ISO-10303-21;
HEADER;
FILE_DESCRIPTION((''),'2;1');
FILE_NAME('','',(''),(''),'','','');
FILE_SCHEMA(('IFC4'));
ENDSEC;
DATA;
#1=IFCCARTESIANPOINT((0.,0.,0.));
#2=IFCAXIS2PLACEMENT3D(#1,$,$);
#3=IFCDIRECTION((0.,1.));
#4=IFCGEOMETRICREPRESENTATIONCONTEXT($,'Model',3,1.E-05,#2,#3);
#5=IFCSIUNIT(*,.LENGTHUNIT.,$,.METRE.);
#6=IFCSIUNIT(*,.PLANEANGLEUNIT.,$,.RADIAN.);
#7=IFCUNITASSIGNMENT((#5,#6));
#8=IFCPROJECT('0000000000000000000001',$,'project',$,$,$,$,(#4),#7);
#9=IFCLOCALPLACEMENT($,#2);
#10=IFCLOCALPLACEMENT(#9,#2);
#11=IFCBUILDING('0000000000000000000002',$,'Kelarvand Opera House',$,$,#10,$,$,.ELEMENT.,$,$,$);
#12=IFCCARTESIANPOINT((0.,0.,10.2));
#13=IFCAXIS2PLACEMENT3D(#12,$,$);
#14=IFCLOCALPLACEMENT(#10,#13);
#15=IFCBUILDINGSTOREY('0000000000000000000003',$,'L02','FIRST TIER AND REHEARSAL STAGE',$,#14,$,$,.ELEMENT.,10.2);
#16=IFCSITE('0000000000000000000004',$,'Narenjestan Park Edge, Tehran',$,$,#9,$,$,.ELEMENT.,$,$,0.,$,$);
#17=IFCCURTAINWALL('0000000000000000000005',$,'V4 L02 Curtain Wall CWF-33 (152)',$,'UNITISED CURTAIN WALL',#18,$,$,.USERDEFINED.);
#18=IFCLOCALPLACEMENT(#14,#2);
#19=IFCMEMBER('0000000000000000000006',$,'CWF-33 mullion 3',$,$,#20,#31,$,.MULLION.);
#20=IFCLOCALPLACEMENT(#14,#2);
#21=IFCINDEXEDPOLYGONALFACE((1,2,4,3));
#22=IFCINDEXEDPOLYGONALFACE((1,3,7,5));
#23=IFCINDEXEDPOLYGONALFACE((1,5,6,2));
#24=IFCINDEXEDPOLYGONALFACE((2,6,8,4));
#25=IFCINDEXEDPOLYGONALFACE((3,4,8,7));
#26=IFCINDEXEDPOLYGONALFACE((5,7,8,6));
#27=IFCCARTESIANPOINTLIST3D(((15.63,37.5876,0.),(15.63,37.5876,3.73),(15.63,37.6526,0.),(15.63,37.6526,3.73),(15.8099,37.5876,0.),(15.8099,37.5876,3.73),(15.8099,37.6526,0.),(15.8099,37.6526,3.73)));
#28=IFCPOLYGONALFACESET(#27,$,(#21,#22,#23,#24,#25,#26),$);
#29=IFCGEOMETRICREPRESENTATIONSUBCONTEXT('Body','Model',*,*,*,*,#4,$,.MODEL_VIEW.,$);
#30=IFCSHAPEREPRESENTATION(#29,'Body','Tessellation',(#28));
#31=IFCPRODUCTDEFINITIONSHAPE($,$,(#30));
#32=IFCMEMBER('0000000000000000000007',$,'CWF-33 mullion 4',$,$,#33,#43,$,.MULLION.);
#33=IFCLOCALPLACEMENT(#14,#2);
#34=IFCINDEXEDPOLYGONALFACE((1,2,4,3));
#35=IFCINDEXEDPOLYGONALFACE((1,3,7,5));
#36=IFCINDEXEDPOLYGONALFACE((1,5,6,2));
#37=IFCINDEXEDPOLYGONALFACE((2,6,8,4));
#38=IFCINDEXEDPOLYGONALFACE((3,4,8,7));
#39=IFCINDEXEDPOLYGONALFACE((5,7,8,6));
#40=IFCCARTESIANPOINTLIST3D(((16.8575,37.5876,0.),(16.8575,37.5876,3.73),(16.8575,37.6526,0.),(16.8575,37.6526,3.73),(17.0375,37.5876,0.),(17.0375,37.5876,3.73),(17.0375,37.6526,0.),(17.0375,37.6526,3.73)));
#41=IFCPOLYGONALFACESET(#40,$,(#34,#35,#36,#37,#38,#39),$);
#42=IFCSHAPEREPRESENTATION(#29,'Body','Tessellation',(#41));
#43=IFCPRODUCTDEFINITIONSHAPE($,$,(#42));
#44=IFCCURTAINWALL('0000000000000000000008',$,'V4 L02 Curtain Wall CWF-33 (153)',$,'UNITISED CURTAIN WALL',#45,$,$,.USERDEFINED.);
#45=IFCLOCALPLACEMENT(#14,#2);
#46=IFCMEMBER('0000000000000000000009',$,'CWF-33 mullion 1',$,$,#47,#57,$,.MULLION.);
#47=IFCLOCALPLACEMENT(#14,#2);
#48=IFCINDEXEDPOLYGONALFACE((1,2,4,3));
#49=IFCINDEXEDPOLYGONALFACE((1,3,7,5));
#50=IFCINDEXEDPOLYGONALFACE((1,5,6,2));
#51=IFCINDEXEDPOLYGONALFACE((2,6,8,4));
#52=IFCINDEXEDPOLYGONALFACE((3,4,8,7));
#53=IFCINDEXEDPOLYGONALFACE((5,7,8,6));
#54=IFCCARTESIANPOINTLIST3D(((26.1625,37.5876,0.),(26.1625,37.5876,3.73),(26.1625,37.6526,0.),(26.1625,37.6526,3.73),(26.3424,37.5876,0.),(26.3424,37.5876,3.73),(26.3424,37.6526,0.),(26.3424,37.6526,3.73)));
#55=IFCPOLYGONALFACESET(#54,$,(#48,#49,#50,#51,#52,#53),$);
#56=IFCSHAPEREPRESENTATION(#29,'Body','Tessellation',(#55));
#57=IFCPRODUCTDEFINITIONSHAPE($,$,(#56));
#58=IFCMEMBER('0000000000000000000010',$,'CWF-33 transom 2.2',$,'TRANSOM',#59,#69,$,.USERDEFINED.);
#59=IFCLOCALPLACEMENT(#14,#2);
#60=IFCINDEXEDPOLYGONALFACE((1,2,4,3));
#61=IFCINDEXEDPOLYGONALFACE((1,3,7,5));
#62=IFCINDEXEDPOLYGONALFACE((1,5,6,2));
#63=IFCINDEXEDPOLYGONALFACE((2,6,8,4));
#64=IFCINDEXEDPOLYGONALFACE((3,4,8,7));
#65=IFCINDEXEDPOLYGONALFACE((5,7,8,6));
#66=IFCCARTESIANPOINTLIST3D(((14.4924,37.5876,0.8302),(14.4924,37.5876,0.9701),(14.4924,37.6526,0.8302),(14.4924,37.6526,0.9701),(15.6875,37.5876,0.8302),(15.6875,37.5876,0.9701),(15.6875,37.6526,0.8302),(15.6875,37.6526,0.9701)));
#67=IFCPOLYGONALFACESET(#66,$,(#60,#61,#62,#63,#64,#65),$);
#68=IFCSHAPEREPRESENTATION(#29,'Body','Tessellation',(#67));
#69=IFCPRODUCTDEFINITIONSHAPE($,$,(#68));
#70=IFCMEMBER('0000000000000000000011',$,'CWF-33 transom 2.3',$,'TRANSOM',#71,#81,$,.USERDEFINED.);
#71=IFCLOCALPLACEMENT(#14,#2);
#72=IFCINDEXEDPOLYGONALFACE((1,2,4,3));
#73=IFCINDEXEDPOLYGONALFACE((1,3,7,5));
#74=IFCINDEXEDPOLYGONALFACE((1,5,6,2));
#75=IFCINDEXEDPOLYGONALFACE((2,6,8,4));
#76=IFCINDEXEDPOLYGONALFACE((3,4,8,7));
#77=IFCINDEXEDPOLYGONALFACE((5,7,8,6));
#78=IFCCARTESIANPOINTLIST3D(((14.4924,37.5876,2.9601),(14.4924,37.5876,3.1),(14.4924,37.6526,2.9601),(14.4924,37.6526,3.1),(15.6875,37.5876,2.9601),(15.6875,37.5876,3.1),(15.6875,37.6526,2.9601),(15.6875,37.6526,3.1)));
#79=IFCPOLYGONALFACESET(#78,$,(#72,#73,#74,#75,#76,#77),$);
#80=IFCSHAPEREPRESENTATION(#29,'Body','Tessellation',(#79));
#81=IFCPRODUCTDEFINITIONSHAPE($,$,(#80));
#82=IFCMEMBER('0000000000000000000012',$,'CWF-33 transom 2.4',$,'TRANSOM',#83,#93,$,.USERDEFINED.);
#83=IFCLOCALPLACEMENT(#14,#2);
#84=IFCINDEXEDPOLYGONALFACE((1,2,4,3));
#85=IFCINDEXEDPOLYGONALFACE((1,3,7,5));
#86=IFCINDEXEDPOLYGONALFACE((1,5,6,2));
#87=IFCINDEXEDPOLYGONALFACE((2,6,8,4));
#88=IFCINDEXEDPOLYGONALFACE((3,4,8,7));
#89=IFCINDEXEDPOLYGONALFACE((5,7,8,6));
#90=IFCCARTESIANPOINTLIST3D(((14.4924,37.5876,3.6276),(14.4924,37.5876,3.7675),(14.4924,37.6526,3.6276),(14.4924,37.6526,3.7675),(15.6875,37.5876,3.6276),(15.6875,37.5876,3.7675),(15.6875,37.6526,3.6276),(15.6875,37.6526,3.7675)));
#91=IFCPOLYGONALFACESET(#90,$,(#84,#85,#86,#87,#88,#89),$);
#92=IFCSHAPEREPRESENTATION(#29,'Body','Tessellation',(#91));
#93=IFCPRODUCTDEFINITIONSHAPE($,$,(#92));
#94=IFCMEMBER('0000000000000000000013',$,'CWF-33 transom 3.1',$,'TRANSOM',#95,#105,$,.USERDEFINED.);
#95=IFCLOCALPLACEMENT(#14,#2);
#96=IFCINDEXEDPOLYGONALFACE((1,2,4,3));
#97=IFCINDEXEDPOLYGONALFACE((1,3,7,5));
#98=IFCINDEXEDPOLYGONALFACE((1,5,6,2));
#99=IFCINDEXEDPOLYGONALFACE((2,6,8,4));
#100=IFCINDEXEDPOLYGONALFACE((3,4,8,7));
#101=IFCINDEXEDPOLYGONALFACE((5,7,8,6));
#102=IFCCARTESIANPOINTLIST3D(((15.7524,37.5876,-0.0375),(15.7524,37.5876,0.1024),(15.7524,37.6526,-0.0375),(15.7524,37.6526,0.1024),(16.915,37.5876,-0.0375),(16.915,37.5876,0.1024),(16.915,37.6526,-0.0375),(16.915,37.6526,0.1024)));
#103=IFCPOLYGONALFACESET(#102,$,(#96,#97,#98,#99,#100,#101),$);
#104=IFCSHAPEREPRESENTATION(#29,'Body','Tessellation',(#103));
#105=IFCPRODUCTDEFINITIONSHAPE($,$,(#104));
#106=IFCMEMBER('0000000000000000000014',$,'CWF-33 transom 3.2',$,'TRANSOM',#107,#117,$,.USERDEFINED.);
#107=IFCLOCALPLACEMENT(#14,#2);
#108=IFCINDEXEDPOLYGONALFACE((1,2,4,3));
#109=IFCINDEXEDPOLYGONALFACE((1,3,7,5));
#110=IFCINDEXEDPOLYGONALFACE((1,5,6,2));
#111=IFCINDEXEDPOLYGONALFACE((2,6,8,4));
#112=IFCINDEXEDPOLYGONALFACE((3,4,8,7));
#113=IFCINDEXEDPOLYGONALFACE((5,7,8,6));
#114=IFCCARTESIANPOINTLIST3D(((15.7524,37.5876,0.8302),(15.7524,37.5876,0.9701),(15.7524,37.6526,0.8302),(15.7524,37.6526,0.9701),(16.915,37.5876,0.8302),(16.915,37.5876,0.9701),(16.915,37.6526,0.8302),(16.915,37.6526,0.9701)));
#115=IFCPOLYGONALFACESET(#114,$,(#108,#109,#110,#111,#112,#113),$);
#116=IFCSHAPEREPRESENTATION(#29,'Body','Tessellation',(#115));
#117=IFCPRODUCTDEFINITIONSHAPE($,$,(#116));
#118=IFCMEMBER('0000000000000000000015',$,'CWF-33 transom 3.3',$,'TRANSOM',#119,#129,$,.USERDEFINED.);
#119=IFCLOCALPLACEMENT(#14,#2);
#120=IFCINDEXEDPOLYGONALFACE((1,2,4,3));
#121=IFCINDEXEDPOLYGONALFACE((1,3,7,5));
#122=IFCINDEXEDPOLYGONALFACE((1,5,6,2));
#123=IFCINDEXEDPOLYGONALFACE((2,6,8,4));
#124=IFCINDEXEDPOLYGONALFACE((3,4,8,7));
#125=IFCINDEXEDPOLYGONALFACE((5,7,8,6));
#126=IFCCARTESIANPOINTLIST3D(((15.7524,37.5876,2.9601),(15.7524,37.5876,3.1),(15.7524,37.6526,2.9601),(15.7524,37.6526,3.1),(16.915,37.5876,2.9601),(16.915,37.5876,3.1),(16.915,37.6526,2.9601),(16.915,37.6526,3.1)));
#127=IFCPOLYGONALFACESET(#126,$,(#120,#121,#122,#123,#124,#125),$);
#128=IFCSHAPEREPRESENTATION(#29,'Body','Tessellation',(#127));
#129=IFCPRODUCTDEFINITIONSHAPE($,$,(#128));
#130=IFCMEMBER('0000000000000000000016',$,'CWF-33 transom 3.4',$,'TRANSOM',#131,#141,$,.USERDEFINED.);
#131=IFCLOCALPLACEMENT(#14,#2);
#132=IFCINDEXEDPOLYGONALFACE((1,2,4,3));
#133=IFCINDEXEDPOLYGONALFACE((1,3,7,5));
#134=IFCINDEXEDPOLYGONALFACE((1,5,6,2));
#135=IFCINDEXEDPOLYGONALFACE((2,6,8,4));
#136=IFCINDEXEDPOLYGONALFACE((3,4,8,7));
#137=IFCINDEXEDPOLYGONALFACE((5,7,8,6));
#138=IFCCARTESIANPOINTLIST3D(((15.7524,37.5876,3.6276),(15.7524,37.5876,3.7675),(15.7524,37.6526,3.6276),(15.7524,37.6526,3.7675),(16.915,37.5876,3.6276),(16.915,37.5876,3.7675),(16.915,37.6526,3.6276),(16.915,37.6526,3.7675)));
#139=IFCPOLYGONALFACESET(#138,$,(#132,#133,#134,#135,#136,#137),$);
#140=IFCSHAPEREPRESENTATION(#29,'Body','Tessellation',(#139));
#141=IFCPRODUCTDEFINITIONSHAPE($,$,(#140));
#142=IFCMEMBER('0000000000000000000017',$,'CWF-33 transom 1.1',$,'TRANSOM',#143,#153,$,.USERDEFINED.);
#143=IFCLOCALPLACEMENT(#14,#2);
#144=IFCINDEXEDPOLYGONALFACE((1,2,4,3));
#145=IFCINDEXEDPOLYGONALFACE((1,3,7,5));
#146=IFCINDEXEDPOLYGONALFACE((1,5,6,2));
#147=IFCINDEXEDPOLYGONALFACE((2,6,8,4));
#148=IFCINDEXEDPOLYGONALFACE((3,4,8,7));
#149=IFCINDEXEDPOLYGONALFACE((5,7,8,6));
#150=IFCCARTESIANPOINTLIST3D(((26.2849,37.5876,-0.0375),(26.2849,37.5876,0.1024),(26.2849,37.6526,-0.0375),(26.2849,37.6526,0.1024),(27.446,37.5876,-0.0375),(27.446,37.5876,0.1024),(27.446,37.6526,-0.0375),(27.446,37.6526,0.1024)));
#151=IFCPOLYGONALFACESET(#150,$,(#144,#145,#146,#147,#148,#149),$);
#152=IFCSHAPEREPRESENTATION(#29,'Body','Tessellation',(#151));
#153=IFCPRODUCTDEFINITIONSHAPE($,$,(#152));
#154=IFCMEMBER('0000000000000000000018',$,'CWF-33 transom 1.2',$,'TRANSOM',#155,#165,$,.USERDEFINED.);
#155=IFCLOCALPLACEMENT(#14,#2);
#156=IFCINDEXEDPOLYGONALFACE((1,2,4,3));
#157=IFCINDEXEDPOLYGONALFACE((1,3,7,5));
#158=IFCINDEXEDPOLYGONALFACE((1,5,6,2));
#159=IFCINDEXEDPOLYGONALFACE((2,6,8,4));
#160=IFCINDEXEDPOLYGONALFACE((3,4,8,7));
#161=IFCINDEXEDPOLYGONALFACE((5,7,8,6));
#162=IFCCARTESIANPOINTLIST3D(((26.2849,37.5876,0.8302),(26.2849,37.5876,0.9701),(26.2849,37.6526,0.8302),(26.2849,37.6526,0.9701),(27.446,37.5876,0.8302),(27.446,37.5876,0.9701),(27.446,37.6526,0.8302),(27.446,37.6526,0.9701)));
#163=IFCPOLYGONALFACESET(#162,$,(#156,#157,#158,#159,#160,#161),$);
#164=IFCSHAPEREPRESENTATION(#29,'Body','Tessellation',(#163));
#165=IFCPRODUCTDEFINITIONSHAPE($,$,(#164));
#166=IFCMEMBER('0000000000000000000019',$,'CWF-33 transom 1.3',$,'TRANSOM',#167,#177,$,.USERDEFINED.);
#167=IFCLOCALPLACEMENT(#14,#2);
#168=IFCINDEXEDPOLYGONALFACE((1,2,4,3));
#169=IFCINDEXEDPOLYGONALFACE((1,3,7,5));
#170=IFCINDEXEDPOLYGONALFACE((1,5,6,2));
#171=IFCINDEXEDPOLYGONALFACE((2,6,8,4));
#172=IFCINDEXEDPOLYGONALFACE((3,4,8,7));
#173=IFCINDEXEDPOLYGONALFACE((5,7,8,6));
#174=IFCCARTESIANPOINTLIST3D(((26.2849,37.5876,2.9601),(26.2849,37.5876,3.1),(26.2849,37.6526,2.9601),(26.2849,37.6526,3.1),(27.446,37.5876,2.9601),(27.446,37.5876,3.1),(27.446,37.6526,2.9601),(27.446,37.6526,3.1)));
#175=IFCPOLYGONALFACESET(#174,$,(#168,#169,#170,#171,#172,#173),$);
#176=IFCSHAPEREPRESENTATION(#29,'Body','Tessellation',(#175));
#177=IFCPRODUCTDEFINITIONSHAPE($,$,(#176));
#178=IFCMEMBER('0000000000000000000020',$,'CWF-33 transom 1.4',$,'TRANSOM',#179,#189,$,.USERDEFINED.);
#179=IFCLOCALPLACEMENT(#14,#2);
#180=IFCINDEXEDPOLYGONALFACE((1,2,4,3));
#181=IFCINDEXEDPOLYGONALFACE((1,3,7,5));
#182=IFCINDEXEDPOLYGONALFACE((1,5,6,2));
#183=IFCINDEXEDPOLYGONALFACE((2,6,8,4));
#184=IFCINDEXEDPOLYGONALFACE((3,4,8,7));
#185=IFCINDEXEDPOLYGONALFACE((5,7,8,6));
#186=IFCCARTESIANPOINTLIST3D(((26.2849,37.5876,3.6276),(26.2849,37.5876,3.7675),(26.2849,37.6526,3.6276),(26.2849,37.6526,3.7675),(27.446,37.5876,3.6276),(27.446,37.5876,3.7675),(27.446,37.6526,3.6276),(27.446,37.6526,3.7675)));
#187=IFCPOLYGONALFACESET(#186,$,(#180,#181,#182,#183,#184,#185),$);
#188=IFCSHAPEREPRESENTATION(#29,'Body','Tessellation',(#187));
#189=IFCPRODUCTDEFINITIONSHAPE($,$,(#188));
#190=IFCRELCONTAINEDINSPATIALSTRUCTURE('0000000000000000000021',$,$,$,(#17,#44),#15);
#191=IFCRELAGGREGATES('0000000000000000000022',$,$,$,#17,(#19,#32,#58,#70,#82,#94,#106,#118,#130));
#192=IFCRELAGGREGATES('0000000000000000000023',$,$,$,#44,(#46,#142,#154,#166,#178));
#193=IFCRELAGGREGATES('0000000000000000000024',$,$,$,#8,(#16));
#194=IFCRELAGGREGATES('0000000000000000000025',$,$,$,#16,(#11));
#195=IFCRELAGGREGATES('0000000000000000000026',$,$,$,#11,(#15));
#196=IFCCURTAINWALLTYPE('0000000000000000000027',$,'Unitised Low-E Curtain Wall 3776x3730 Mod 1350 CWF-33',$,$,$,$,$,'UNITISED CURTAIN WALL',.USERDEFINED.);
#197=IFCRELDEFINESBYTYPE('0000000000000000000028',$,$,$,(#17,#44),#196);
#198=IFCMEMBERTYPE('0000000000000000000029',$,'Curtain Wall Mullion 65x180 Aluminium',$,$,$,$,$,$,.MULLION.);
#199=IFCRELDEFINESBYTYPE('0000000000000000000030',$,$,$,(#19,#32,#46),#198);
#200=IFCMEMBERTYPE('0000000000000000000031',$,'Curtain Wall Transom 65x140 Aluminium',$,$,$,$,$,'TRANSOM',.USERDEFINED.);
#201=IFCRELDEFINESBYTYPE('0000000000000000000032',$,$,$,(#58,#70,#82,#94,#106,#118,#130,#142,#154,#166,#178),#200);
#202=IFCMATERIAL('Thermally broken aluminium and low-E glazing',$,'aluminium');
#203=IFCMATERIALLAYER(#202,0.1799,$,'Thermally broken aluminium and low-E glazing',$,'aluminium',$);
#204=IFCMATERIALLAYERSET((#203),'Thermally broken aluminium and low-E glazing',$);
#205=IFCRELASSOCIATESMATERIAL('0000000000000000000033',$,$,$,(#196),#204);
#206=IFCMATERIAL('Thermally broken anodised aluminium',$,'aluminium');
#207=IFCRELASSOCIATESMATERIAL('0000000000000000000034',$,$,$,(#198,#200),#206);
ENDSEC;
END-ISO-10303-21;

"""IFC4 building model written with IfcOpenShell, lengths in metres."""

from ifc_helpers import new_model, si_unit, direction, frame, origin, origin_2d, place, context, subcontext, project, spatial, rectangle, extrude, material, layer, layer_set, material_profile, profile_set, type_object, element, aggregate, save


model = new_model("IFC4")

# Units and contexts
model_context = context("Model", 3, precision=1e-05, world=origin(), true_north=direction((0.0, 1.0)))
body_context = subcontext(model_context, "Body", "Model", "MODEL_VIEW")
ifc_project = project(units=[si_unit("LENGTHUNIT", "METRE"), si_unit("PLANEANGLEUNIT", "RADIAN")], contexts=[model_context])

# Site, building, storey
site_placement = place(None, origin())
site = spatial("IfcSite", under=ifc_project, at=site_placement, Name="Narenjestan Park Edge, Tehran", CompositionType="ELEMENT", RefElevation=0.0)
building_placement = place(site_placement, origin())
building = spatial("IfcBuilding", under=site, at=building_placement, Name="Kelarvand Opera House", CompositionType="ELEMENT")
storey_placement = place(building_placement, frame((0.0, 0.0, 10.2)))
storey = spatial("IfcBuildingStorey", under=building, at=storey_placement, Name="L02", Description="FIRST TIER AND REHEARSAL STAGE", CompositionType="ELEMENT", Elevation=10.2)

# Curtain wall, members
ifc_material_1 = material(Name="Thermally broken aluminium and low-E glazing", Category="aluminium")
ifc_layer_1 = layer(ifc_material_1, 0.1799, Name="Thermally broken aluminium and low-E glazing", Category="aluminium")
ifc_layer_set_1 = layer_set([ifc_layer_1], Name="Thermally broken aluminium and low-E glazing")
curtain_wall_type = type_object("IfcCurtainWallType", Name="Unitised Low-E Curtain Wall 3776x3730 Mod 1350 CWF-33", ElementType="UNITISED CURTAIN WALL", PredefinedType="USERDEFINED", material=ifc_layer_set_1)
curtain_wall_1_placement = place(storey_placement, origin())
curtain_wall_1 = element("IfcCurtainWall", 1, at=curtain_wall_1_placement, inside=storey, type_object=curtain_wall_type, Name="V4 L02 Curtain Wall CWF-33 (152)", ObjectType="UNITISED CURTAIN WALL", PredefinedType="USERDEFINED")
ifc_material_2 = material(Name="Thermally broken anodised aluminium", Category="aluminium")
ifc_material_profile_1 = material_profile(ifc_material_2, rectangle(XDim=0.0649, YDim=0.1799, at=origin_2d()), Name="ALU MULLION 65x180", Category="aluminium")
ifc_profile_set_1 = profile_set([ifc_material_profile_1], Name="Thermally broken anodised aluminium")
member_type_1 = type_object("IfcMemberType", Name="Curtain Wall Mullion 65x180 Aluminium", PredefinedType="MULLION", material=ifc_profile_set_1)
member_1_placement = place(storey_placement, frame((15.72, 37.6201, 0.0), z_axis=(0.0, 0.0, 1.0), x_axis=(0.0, 1.0, 0.0)))
member_1 = element("IfcMember", 2, at=member_1_placement, type_object=member_type_1, Name="CWF-33 mullion 3", PredefinedType="MULLION", context=body_context, shape_type="SweptSolid", body=[
    extrude(rectangle(XDim=0.0649, YDim=0.1799, at=origin_2d()), origin(), (0.0, 0.0, 1.0), 3.73),
])
member_2_placement = place(storey_placement, frame((16.9475, 37.6201, 0.0), z_axis=(0.0, 0.0, 1.0), x_axis=(0.0, 1.0, 0.0)))
member_2 = element("IfcMember", 3, at=member_2_placement, type_object=member_type_1, Name="CWF-33 mullion 4", PredefinedType="MULLION", context=body_context, shape_type="SweptSolid", body=[
    extrude(rectangle(XDim=0.0649, YDim=0.1799, at=origin_2d()), origin(), (0.0, 0.0, 1.0), 3.73),
])

# Curtain wall, member
curtain_wall_2_placement = place(storey_placement, origin())
curtain_wall_2 = element("IfcCurtainWall", 4, at=curtain_wall_2_placement, inside=storey, type_object=curtain_wall_type, Name="V4 L02 Curtain Wall CWF-33 (153)", ObjectType="UNITISED CURTAIN WALL", PredefinedType="USERDEFINED")
member_3_placement = place(storey_placement, frame((26.2524, 37.6201, 0.0), z_axis=(0.0, 0.0, 1.0), x_axis=(0.0, 1.0, 0.0)))
member_3 = element("IfcMember", 5, at=member_3_placement, type_object=member_type_1, Name="CWF-33 mullion 1", PredefinedType="MULLION", context=body_context, shape_type="SweptSolid", body=[
    extrude(rectangle(XDim=0.0649, YDim=0.1799, at=origin_2d()), origin(), (0.0, 0.0, 1.0), 3.73),
])

# Members
ifc_material_profile_2 = material_profile(ifc_material_2, rectangle(XDim=0.0649, YDim=0.1399, at=origin_2d()), Name="ALU TRANSOM 65x140", Category="aluminium")
ifc_profile_set_2 = profile_set([ifc_material_profile_2], Name="Thermally broken anodised aluminium")
member_type_2 = type_object("IfcMemberType", Name="Curtain Wall Transom 65x140 Aluminium", ElementType="TRANSOM", PredefinedType="USERDEFINED", material=ifc_profile_set_2)
member_4_placement = place(storey_placement, frame((14.4924, 37.6201, 0.9001), z_axis=(1.0, 0.0, 0.0), x_axis=(0.0, 1.0, 0.0)))
member_4 = element("IfcMember", 6, at=member_4_placement, type_object=member_type_2, Name="CWF-33 transom 2.2", ObjectType="TRANSOM", PredefinedType="USERDEFINED", context=body_context, shape_type="SweptSolid", body=[
    extrude(rectangle(XDim=0.0649, YDim=0.1399, at=origin_2d()), origin(), (0.0, 0.0, 1.0), 1.1951),
])
member_5_placement = place(storey_placement, frame((14.4924, 37.6201, 3.03), z_axis=(1.0, 0.0, 0.0), x_axis=(0.0, 1.0, 0.0)))
member_5 = element("IfcMember", 7, at=member_5_placement, type_object=member_type_2, Name="CWF-33 transom 2.3", ObjectType="TRANSOM", PredefinedType="USERDEFINED", context=body_context, shape_type="SweptSolid", body=[
    extrude(rectangle(XDim=0.0649, YDim=0.1399, at=origin_2d()), origin(), (0.0, 0.0, 1.0), 1.1951),
])
member_6_placement = place(storey_placement, frame((14.4924, 37.6201, 3.6975), z_axis=(1.0, 0.0, 0.0), x_axis=(0.0, 1.0, 0.0)))
member_6 = element("IfcMember", 8, at=member_6_placement, type_object=member_type_2, Name="CWF-33 transom 2.4", ObjectType="TRANSOM", PredefinedType="USERDEFINED", context=body_context, shape_type="SweptSolid", body=[
    extrude(rectangle(XDim=0.0649, YDim=0.1399, at=origin_2d()), origin(), (0.0, 0.0, 1.0), 1.1951),
])
member_7_placement = place(storey_placement, frame((15.7524, 37.6201, 0.0325), z_axis=(1.0, 0.0, 0.0), x_axis=(0.0, 1.0, 0.0)))
member_7 = element("IfcMember", 9, at=member_7_placement, type_object=member_type_2, Name="CWF-33 transom 3.1", ObjectType="TRANSOM", PredefinedType="USERDEFINED", context=body_context, shape_type="SweptSolid", body=[
    extrude(rectangle(XDim=0.0649, YDim=0.1399, at=origin_2d()), origin(), (0.0, 0.0, 1.0), 1.1626),
])
member_8_placement = place(storey_placement, frame((15.7524, 37.6201, 0.9001), z_axis=(1.0, 0.0, 0.0), x_axis=(0.0, 1.0, 0.0)))
member_8 = element("IfcMember", 10, at=member_8_placement, type_object=member_type_2, Name="CWF-33 transom 3.2", ObjectType="TRANSOM", PredefinedType="USERDEFINED", context=body_context, shape_type="SweptSolid", body=[
    extrude(rectangle(XDim=0.0649, YDim=0.1399, at=origin_2d()), origin(), (0.0, 0.0, 1.0), 1.1626),
])
member_9_placement = place(storey_placement, frame((15.7524, 37.6201, 3.03), z_axis=(1.0, 0.0, 0.0), x_axis=(0.0, 1.0, 0.0)))
member_9 = element("IfcMember", 11, at=member_9_placement, type_object=member_type_2, Name="CWF-33 transom 3.3", ObjectType="TRANSOM", PredefinedType="USERDEFINED", context=body_context, shape_type="SweptSolid", body=[
    extrude(rectangle(XDim=0.0649, YDim=0.1399, at=origin_2d()), origin(), (0.0, 0.0, 1.0), 1.1626),
])
member_10_placement = place(storey_placement, frame((15.7524, 37.6201, 3.6975), z_axis=(1.0, 0.0, 0.0), x_axis=(0.0, 1.0, 0.0)))
member_10 = element("IfcMember", 12, at=member_10_placement, type_object=member_type_2, Name="CWF-33 transom 3.4", ObjectType="TRANSOM", PredefinedType="USERDEFINED", context=body_context, shape_type="SweptSolid", body=[
    extrude(rectangle(XDim=0.0649, YDim=0.1399, at=origin_2d()), origin(), (0.0, 0.0, 1.0), 1.1626),
])
member_11_placement = place(storey_placement, frame((26.2849, 37.6201, 0.0325), z_axis=(1.0, 0.0, 0.0), x_axis=(0.0, 1.0, 0.0)))
member_11 = element("IfcMember", 13, at=member_11_placement, type_object=member_type_2, Name="CWF-33 transom 1.1", ObjectType="TRANSOM", PredefinedType="USERDEFINED", context=body_context, shape_type="SweptSolid", body=[
    extrude(rectangle(XDim=0.0649, YDim=0.1399, at=origin_2d()), origin(), (0.0, 0.0, 1.0), 1.1611),
])
member_12_placement = place(storey_placement, frame((26.2849, 37.6201, 0.9001), z_axis=(1.0, 0.0, 0.0), x_axis=(0.0, 1.0, 0.0)))
member_12 = element("IfcMember", 14, at=member_12_placement, type_object=member_type_2, Name="CWF-33 transom 1.2", ObjectType="TRANSOM", PredefinedType="USERDEFINED", context=body_context, shape_type="SweptSolid", body=[
    extrude(rectangle(XDim=0.0649, YDim=0.1399, at=origin_2d()), origin(), (0.0, 0.0, 1.0), 1.1611),
])
member_13_placement = place(storey_placement, frame((26.2849, 37.6201, 3.03), z_axis=(1.0, 0.0, 0.0), x_axis=(0.0, 1.0, 0.0)))
member_13 = element("IfcMember", 15, at=member_13_placement, type_object=member_type_2, Name="CWF-33 transom 1.3", ObjectType="TRANSOM", PredefinedType="USERDEFINED", context=body_context, shape_type="SweptSolid", body=[
    extrude(rectangle(XDim=0.0649, YDim=0.1399, at=origin_2d()), origin(), (0.0, 0.0, 1.0), 1.1611),
])
member_14_placement = place(storey_placement, frame((26.2849, 37.6201, 3.6975), z_axis=(1.0, 0.0, 0.0), x_axis=(0.0, 1.0, 0.0)))
member_14 = element("IfcMember", 16, at=member_14_placement, type_object=member_type_2, Name="CWF-33 transom 1.4", ObjectType="TRANSOM", PredefinedType="USERDEFINED", context=body_context, shape_type="SweptSolid", body=[
    extrude(rectangle(XDim=0.0649, YDim=0.1399, at=origin_2d()), origin(), (0.0, 0.0, 1.0), 1.1611),
])

aggregate(curtain_wall_1, [member_1, member_2, member_4, member_5, member_6, member_7, member_8, member_9, member_10])
aggregate(curtain_wall_2, [member_3, member_11, member_12, member_13, member_14])

save(model, "model.ifc")
